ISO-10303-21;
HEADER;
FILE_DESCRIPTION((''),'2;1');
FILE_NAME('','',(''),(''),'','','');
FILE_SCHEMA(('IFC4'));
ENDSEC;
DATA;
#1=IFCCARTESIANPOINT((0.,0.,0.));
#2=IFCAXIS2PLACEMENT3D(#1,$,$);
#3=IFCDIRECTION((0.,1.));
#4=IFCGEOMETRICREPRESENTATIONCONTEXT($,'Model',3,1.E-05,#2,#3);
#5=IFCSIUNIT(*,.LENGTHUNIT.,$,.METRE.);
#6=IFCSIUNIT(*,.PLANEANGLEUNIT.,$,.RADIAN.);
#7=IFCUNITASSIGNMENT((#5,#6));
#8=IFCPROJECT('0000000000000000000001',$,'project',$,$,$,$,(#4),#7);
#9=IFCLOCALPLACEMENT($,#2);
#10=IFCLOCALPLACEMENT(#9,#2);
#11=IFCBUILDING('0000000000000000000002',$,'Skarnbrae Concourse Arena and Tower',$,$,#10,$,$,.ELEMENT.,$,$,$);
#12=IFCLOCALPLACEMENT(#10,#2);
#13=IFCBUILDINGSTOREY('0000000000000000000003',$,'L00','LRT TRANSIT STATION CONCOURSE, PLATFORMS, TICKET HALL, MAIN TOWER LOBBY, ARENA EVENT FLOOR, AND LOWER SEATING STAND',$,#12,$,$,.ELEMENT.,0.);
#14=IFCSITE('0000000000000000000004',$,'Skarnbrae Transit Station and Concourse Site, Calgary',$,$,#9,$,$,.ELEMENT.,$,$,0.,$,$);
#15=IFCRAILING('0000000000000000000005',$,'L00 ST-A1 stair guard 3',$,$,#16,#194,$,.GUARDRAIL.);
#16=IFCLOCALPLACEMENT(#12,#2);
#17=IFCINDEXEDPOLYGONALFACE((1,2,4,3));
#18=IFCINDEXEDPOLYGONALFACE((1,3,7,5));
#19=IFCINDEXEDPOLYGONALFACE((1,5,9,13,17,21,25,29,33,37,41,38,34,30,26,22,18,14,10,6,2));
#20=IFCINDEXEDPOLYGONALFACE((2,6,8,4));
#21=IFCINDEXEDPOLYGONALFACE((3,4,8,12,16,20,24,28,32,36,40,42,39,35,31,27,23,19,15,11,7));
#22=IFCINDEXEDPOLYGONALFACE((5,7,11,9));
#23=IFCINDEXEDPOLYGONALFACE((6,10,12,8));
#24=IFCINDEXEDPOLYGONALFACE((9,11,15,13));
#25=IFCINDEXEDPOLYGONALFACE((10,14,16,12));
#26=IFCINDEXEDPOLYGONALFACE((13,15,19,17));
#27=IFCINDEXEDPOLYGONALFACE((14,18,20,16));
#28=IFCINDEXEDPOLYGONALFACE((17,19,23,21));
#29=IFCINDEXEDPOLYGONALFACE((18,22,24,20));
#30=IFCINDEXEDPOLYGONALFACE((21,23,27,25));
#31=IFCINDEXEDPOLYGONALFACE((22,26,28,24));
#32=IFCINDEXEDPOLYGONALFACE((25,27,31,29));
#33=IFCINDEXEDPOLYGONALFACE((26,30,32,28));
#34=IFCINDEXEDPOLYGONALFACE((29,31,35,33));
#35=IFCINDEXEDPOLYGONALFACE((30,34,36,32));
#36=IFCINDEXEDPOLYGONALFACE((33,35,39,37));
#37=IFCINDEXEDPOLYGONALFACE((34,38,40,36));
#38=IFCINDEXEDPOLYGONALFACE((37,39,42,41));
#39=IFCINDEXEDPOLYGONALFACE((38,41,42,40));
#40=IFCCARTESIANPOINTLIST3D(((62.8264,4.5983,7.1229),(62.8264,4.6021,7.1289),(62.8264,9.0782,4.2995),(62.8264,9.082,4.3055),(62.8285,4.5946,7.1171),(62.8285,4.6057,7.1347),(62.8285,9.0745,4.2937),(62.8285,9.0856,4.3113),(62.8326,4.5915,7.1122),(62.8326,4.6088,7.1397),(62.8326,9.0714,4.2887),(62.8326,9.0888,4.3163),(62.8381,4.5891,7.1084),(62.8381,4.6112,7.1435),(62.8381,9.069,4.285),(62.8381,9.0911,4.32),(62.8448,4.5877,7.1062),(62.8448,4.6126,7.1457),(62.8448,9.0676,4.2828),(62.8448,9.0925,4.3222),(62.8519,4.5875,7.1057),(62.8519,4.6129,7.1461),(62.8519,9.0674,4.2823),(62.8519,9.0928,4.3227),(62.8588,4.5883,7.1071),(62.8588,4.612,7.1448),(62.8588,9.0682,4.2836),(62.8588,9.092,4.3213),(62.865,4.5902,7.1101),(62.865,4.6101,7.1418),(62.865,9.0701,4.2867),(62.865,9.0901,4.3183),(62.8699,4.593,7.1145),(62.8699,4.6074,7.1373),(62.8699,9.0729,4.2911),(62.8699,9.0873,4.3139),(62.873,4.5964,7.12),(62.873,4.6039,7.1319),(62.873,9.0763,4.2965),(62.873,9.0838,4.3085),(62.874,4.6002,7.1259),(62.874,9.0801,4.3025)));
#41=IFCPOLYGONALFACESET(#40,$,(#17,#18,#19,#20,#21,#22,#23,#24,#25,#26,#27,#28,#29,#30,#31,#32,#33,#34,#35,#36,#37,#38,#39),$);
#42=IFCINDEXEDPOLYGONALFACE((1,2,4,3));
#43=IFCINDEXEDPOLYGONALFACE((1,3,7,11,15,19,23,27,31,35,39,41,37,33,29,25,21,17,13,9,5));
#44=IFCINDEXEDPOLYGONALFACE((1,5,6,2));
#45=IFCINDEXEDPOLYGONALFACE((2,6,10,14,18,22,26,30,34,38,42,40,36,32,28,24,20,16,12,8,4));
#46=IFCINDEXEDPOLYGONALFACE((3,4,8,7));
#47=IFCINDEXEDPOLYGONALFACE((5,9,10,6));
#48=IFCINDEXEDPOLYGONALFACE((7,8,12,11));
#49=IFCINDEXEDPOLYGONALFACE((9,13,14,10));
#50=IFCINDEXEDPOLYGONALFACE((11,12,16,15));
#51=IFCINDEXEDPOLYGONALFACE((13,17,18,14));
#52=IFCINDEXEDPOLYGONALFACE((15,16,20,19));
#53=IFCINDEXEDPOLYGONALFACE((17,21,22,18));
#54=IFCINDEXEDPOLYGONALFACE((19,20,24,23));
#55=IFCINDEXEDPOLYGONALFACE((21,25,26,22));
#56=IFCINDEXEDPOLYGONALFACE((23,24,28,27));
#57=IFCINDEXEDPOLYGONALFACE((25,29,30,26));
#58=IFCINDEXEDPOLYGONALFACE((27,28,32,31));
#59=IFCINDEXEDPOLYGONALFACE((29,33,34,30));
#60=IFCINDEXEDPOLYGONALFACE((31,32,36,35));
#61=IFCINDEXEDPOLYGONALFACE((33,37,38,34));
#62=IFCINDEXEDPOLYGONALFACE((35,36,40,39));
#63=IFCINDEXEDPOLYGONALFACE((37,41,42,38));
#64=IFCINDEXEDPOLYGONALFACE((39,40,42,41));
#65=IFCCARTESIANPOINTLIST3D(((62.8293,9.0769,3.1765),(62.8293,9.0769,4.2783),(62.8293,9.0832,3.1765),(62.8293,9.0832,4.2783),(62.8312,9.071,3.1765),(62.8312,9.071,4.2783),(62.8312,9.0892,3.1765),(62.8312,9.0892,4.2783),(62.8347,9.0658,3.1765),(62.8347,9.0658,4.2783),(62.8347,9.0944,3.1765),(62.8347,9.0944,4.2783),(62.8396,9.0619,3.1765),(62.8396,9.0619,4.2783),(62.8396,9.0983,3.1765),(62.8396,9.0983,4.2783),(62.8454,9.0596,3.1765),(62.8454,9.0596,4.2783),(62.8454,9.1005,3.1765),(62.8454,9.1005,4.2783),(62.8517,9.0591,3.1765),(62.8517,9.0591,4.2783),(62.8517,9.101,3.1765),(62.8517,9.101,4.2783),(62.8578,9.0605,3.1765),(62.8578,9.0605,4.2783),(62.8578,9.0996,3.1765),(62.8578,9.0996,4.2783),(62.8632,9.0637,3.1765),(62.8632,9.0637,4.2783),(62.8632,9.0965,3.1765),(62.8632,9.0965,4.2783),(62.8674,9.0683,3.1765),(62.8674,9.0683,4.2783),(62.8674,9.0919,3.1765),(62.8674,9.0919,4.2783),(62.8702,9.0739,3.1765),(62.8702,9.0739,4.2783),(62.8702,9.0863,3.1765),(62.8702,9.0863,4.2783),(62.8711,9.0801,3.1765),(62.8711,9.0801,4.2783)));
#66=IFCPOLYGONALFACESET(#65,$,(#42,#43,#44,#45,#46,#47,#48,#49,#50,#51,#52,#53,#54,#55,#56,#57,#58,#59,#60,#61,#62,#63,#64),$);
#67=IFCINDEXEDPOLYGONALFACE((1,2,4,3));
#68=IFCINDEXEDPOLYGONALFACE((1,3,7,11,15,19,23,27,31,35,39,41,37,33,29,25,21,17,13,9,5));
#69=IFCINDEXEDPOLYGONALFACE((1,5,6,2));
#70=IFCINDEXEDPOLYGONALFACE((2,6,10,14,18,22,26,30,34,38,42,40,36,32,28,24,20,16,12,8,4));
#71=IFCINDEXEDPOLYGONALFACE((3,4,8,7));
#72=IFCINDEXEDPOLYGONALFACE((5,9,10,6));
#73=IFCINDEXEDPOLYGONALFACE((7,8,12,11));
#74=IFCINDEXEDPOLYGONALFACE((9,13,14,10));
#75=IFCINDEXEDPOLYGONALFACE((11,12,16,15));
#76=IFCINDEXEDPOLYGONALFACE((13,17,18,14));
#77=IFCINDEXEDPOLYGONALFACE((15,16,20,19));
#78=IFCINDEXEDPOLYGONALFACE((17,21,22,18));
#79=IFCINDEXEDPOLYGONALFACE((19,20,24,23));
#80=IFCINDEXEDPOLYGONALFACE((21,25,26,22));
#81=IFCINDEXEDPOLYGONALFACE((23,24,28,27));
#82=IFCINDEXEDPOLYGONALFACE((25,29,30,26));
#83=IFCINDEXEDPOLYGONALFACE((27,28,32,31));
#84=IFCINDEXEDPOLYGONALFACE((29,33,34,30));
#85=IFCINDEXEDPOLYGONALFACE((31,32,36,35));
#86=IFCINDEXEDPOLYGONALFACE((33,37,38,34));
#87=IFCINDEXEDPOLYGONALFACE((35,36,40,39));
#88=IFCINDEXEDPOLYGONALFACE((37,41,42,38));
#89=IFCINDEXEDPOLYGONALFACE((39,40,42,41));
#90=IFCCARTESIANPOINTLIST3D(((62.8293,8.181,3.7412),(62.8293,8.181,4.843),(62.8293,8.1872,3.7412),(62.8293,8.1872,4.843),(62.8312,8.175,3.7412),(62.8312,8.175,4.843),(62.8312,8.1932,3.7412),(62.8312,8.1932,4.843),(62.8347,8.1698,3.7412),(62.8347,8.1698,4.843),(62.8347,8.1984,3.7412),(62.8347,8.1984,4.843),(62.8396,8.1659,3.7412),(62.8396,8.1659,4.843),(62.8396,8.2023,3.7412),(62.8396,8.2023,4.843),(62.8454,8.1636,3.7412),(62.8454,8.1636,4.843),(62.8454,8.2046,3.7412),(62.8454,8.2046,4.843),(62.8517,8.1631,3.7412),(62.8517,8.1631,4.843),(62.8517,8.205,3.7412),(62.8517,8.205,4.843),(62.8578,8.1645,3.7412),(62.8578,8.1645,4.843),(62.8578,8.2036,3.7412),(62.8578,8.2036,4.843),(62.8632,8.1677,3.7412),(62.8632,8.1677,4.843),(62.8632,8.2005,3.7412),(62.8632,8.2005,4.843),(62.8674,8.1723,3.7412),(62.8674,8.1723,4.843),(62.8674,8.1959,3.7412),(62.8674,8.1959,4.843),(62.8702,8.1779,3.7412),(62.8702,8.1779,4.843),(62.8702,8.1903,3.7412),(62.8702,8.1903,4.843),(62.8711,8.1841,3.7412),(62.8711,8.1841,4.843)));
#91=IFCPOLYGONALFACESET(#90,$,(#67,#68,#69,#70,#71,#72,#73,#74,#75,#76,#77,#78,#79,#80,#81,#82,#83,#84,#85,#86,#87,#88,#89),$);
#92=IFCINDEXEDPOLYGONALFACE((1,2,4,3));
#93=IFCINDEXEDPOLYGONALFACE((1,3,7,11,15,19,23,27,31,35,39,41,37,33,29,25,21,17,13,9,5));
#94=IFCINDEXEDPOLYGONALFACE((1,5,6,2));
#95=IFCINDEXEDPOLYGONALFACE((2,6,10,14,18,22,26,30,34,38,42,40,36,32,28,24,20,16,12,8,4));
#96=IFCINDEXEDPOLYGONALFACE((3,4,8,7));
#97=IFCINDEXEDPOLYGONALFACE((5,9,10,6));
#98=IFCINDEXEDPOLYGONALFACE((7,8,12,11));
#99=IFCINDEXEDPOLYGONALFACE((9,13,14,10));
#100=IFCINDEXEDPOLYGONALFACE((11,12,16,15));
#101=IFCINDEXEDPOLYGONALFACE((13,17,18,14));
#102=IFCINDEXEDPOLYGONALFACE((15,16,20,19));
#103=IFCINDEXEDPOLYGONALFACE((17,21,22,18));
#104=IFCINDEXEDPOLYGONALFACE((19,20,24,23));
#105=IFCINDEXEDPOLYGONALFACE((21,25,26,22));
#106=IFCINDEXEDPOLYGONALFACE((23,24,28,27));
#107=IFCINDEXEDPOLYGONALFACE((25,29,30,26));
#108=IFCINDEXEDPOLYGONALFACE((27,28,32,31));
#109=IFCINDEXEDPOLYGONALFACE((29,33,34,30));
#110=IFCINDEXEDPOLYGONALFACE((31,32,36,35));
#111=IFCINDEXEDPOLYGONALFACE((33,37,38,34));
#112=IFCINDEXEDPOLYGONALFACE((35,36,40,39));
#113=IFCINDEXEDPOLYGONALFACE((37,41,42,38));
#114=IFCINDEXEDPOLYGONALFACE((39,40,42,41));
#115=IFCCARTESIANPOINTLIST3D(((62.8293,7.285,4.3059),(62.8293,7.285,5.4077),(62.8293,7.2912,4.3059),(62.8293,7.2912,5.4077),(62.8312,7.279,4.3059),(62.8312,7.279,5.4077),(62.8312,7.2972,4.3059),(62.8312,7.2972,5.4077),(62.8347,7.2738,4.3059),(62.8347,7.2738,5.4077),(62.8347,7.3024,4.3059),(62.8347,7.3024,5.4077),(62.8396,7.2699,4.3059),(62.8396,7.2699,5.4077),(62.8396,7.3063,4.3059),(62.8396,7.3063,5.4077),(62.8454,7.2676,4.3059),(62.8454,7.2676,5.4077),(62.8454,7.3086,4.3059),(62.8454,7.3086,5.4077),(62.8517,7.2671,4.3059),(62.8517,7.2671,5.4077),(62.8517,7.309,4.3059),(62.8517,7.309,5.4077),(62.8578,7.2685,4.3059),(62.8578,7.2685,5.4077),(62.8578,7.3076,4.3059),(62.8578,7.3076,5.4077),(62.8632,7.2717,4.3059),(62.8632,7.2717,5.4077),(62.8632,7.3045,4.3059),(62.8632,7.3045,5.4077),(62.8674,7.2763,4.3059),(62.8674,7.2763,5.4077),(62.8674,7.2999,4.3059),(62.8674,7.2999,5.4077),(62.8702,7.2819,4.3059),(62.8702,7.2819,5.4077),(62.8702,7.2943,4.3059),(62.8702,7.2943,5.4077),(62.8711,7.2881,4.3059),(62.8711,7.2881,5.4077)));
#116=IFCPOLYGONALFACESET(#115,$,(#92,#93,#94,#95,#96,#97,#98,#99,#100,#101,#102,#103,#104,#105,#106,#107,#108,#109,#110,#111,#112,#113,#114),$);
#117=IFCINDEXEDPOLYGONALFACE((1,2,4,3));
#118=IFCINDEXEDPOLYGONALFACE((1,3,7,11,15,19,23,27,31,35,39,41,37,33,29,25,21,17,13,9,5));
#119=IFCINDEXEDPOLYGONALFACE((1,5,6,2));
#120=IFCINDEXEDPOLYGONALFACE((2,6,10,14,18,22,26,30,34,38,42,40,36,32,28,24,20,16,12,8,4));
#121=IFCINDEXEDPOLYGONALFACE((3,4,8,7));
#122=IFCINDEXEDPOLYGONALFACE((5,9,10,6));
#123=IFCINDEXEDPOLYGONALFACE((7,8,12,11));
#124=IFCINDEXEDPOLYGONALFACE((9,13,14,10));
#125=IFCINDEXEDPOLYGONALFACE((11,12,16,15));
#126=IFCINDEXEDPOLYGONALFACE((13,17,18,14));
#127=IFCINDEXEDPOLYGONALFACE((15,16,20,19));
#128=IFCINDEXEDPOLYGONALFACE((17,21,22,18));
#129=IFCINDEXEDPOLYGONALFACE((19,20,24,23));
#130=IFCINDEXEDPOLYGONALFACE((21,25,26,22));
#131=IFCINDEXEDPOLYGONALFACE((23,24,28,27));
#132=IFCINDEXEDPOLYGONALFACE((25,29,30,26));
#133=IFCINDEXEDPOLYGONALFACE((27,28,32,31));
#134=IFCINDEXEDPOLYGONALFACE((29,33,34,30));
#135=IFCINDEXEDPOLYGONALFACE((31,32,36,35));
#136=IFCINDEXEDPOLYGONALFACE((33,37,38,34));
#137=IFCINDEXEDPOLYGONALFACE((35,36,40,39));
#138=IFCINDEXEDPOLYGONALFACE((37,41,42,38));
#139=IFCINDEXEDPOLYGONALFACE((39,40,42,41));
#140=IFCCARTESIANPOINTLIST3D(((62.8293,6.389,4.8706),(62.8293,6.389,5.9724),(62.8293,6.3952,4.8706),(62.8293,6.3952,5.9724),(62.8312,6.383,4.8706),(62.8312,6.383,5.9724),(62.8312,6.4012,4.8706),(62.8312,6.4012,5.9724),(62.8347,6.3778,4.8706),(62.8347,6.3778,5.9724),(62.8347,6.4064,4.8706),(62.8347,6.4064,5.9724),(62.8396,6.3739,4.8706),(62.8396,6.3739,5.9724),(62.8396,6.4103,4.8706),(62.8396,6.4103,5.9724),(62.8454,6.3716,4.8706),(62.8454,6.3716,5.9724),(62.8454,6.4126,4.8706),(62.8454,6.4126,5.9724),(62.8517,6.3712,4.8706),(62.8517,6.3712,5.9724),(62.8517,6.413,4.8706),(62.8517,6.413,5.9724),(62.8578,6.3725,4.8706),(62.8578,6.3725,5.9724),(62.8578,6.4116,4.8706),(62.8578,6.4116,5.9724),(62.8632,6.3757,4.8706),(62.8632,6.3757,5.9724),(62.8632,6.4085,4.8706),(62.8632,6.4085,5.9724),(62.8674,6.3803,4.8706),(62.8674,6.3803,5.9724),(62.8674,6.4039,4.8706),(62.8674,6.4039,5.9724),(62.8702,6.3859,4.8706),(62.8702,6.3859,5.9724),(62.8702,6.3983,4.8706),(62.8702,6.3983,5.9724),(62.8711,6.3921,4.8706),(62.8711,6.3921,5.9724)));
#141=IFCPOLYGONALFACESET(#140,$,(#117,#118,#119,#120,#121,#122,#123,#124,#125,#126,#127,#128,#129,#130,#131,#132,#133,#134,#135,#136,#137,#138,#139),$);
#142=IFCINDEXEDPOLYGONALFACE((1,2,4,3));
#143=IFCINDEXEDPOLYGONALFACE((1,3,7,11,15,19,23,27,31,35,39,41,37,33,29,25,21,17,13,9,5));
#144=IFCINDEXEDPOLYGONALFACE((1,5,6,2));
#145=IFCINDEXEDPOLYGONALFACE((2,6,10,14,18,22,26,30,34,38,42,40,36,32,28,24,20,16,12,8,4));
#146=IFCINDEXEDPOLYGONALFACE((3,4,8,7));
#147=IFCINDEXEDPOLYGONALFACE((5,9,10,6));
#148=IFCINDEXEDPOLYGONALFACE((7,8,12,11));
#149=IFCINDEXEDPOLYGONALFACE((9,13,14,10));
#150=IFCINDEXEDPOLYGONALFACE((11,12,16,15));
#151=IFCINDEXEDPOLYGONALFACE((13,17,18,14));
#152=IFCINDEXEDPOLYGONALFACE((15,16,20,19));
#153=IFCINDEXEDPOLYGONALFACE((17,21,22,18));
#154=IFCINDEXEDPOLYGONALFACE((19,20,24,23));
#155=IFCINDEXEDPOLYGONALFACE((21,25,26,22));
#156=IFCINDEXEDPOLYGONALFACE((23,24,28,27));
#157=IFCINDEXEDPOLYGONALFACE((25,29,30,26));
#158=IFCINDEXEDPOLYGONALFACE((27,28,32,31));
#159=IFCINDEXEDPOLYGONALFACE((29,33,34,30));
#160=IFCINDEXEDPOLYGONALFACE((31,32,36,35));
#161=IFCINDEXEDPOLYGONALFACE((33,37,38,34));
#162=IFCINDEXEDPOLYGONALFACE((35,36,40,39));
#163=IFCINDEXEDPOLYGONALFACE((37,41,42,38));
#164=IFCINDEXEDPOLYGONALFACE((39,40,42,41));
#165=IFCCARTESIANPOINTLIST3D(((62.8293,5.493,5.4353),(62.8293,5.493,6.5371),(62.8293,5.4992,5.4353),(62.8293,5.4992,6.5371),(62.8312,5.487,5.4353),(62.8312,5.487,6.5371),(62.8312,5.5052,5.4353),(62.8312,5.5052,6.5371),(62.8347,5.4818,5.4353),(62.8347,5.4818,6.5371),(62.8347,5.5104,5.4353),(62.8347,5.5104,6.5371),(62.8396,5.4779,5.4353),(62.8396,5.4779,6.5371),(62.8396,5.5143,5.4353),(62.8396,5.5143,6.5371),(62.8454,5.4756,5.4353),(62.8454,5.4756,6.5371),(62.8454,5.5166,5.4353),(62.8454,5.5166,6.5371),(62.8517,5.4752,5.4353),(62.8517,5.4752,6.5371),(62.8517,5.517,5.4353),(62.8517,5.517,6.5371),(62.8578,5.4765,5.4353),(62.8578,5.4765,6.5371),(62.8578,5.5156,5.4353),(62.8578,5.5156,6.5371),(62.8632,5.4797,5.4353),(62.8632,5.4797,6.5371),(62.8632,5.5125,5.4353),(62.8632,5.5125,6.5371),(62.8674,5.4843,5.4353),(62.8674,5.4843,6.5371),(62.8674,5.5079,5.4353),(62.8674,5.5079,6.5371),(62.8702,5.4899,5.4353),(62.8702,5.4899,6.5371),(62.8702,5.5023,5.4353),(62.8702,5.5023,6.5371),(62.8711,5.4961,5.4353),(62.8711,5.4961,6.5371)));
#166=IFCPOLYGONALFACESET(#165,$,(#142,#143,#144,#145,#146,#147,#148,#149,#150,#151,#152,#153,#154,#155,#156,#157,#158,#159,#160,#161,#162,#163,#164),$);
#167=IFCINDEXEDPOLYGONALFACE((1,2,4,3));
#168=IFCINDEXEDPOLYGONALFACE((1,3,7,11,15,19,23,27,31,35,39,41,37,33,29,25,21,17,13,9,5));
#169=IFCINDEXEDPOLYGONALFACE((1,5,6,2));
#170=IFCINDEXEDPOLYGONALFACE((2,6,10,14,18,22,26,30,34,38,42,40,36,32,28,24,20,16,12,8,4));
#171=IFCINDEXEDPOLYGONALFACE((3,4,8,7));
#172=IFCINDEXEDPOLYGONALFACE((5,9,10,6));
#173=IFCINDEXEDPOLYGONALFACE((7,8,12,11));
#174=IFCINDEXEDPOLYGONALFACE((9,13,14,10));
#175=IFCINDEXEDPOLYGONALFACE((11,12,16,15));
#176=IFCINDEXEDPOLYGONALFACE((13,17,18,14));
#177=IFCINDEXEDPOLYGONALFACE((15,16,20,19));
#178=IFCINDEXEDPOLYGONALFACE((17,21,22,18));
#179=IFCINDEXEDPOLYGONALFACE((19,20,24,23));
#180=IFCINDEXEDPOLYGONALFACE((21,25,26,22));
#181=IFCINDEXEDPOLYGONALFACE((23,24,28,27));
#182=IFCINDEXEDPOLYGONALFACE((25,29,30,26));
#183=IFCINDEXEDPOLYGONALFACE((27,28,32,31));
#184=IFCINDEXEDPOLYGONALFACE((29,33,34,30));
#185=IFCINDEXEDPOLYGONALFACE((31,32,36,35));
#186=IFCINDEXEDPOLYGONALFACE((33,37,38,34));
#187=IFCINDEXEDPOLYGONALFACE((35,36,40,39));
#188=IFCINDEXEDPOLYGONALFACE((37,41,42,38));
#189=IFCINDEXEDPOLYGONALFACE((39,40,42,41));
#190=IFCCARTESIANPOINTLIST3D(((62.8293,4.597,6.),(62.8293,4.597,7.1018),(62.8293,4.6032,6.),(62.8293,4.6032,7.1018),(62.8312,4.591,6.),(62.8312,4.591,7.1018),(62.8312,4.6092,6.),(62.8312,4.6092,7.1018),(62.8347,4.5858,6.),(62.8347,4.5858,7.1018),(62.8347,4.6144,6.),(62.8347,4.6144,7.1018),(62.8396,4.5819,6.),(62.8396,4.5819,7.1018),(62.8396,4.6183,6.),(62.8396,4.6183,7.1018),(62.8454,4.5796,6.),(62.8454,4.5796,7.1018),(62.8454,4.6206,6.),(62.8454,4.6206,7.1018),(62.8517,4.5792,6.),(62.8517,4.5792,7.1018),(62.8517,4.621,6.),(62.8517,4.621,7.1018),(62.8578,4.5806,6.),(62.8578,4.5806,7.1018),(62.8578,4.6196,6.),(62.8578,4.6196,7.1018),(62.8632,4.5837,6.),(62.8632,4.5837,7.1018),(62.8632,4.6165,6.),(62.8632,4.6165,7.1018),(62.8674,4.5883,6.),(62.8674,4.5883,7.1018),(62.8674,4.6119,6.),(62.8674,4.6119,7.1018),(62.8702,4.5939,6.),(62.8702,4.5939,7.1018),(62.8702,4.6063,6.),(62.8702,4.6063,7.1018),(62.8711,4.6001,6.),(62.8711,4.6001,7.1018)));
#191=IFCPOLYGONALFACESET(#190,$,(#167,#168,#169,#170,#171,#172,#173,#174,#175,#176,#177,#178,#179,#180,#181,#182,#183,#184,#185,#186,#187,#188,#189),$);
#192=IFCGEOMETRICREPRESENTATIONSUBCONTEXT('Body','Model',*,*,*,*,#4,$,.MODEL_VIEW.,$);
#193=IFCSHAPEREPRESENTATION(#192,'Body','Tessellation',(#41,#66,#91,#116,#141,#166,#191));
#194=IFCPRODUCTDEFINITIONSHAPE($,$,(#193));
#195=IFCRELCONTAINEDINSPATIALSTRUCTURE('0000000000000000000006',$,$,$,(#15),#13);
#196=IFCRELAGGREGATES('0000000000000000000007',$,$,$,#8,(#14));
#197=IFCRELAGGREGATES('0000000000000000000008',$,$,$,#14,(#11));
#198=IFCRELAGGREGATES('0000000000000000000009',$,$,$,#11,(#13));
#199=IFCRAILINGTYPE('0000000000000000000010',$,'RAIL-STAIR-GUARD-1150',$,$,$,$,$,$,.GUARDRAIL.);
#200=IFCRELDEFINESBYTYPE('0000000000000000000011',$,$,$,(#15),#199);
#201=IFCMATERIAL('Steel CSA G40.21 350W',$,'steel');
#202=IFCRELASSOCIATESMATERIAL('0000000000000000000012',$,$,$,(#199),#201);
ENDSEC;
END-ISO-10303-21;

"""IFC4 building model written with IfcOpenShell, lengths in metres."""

from ifc_helpers import new_model, si_unit, direction, frame, origin, origin_2d, place, context, subcontext, project, spatial, circle, extrude, material, type_object, element, save


model = new_model("IFC4")

# Units and contexts
model_context = context("Model", 3, precision=1e-05, world=origin(), true_north=direction((0.0, 1.0)))
body_context = subcontext(model_context, "Body", "Model", "MODEL_VIEW")
ifc_project = project(units=[si_unit("LENGTHUNIT", "METRE"), si_unit("PLANEANGLEUNIT", "RADIAN")], contexts=[model_context])

# Site, building, storey
site_placement = place(None, origin())
site = spatial("IfcSite", under=ifc_project, at=site_placement, Name="Skarnbrae Transit Station and Concourse Site, Calgary", CompositionType="ELEMENT", RefElevation=0.0)
building_placement = place(site_placement, origin())
building = spatial("IfcBuilding", under=site, at=building_placement, Name="Skarnbrae Concourse Arena and Tower", CompositionType="ELEMENT")
storey_placement = place(building_placement, origin())
storey = spatial("IfcBuildingStorey", under=building, at=storey_placement, Name="L00", Description="LRT TRANSIT STATION CONCOURSE, PLATFORMS, TICKET HALL, MAIN TOWER LOBBY, ARENA EVENT FLOOR, AND LOWER SEATING STAND", CompositionType="ELEMENT", Elevation=0.0)

# Shared definitions
ifc_material_1 = material(Name="Steel CSA G40.21 350W", Category="steel")

# Railing
railing_type_1 = type_object("IfcRailingType", Name="RAIL-STAIR-GUARD-1150", PredefinedType="GUARDRAIL", material=ifc_material_1)
railing_1_placement = place(storey_placement, frame((62.8501, 9.0801, 3.1765)))
element("IfcRailing", 1, at=railing_1_placement, inside=storey, type_object=railing_type_1, Name="L00 ST-A1 stair guard 3", PredefinedType="GUARDRAIL", context=body_context, shape_type="SweptSolid", body=[
    extrude(circle(Radius=0.0239, at=origin_2d()), frame((0.0, 0.0, 1.126), z_axis=(0.0, -0.845998, 0.533186), x_axis=(1.0, 0.0, 0.0)), (0.0, 0.0, 1.0), 5.2954),
    extrude(circle(Radius=0.021, at=origin_2d()), origin(), (0.0, 0.0, 1.0), 1.1018),
    extrude(circle(Radius=0.021, at=origin_2d()), frame((0.0, -0.896, 0.5647)), (0.0, 0.0, 1.0), 1.1018),
    extrude(circle(Radius=0.021, at=origin_2d()), frame((0.0, -1.792, 1.1294)), (0.0, 0.0, 1.0), 1.1018),
    extrude(circle(Radius=0.021, at=origin_2d()), frame((0.0, -2.688, 1.6941)), (0.0, 0.0, 1.0), 1.1018),
    extrude(circle(Radius=0.021, at=origin_2d()), frame((0.0, -3.584, 2.2588)), (0.0, 0.0, 1.0), 1.1018),
    extrude(circle(Radius=0.021, at=origin_2d()), frame((0.0, -4.48, 2.8235)), (0.0, 0.0, 1.0), 1.1018),
])

save(model, "model.ifc")
